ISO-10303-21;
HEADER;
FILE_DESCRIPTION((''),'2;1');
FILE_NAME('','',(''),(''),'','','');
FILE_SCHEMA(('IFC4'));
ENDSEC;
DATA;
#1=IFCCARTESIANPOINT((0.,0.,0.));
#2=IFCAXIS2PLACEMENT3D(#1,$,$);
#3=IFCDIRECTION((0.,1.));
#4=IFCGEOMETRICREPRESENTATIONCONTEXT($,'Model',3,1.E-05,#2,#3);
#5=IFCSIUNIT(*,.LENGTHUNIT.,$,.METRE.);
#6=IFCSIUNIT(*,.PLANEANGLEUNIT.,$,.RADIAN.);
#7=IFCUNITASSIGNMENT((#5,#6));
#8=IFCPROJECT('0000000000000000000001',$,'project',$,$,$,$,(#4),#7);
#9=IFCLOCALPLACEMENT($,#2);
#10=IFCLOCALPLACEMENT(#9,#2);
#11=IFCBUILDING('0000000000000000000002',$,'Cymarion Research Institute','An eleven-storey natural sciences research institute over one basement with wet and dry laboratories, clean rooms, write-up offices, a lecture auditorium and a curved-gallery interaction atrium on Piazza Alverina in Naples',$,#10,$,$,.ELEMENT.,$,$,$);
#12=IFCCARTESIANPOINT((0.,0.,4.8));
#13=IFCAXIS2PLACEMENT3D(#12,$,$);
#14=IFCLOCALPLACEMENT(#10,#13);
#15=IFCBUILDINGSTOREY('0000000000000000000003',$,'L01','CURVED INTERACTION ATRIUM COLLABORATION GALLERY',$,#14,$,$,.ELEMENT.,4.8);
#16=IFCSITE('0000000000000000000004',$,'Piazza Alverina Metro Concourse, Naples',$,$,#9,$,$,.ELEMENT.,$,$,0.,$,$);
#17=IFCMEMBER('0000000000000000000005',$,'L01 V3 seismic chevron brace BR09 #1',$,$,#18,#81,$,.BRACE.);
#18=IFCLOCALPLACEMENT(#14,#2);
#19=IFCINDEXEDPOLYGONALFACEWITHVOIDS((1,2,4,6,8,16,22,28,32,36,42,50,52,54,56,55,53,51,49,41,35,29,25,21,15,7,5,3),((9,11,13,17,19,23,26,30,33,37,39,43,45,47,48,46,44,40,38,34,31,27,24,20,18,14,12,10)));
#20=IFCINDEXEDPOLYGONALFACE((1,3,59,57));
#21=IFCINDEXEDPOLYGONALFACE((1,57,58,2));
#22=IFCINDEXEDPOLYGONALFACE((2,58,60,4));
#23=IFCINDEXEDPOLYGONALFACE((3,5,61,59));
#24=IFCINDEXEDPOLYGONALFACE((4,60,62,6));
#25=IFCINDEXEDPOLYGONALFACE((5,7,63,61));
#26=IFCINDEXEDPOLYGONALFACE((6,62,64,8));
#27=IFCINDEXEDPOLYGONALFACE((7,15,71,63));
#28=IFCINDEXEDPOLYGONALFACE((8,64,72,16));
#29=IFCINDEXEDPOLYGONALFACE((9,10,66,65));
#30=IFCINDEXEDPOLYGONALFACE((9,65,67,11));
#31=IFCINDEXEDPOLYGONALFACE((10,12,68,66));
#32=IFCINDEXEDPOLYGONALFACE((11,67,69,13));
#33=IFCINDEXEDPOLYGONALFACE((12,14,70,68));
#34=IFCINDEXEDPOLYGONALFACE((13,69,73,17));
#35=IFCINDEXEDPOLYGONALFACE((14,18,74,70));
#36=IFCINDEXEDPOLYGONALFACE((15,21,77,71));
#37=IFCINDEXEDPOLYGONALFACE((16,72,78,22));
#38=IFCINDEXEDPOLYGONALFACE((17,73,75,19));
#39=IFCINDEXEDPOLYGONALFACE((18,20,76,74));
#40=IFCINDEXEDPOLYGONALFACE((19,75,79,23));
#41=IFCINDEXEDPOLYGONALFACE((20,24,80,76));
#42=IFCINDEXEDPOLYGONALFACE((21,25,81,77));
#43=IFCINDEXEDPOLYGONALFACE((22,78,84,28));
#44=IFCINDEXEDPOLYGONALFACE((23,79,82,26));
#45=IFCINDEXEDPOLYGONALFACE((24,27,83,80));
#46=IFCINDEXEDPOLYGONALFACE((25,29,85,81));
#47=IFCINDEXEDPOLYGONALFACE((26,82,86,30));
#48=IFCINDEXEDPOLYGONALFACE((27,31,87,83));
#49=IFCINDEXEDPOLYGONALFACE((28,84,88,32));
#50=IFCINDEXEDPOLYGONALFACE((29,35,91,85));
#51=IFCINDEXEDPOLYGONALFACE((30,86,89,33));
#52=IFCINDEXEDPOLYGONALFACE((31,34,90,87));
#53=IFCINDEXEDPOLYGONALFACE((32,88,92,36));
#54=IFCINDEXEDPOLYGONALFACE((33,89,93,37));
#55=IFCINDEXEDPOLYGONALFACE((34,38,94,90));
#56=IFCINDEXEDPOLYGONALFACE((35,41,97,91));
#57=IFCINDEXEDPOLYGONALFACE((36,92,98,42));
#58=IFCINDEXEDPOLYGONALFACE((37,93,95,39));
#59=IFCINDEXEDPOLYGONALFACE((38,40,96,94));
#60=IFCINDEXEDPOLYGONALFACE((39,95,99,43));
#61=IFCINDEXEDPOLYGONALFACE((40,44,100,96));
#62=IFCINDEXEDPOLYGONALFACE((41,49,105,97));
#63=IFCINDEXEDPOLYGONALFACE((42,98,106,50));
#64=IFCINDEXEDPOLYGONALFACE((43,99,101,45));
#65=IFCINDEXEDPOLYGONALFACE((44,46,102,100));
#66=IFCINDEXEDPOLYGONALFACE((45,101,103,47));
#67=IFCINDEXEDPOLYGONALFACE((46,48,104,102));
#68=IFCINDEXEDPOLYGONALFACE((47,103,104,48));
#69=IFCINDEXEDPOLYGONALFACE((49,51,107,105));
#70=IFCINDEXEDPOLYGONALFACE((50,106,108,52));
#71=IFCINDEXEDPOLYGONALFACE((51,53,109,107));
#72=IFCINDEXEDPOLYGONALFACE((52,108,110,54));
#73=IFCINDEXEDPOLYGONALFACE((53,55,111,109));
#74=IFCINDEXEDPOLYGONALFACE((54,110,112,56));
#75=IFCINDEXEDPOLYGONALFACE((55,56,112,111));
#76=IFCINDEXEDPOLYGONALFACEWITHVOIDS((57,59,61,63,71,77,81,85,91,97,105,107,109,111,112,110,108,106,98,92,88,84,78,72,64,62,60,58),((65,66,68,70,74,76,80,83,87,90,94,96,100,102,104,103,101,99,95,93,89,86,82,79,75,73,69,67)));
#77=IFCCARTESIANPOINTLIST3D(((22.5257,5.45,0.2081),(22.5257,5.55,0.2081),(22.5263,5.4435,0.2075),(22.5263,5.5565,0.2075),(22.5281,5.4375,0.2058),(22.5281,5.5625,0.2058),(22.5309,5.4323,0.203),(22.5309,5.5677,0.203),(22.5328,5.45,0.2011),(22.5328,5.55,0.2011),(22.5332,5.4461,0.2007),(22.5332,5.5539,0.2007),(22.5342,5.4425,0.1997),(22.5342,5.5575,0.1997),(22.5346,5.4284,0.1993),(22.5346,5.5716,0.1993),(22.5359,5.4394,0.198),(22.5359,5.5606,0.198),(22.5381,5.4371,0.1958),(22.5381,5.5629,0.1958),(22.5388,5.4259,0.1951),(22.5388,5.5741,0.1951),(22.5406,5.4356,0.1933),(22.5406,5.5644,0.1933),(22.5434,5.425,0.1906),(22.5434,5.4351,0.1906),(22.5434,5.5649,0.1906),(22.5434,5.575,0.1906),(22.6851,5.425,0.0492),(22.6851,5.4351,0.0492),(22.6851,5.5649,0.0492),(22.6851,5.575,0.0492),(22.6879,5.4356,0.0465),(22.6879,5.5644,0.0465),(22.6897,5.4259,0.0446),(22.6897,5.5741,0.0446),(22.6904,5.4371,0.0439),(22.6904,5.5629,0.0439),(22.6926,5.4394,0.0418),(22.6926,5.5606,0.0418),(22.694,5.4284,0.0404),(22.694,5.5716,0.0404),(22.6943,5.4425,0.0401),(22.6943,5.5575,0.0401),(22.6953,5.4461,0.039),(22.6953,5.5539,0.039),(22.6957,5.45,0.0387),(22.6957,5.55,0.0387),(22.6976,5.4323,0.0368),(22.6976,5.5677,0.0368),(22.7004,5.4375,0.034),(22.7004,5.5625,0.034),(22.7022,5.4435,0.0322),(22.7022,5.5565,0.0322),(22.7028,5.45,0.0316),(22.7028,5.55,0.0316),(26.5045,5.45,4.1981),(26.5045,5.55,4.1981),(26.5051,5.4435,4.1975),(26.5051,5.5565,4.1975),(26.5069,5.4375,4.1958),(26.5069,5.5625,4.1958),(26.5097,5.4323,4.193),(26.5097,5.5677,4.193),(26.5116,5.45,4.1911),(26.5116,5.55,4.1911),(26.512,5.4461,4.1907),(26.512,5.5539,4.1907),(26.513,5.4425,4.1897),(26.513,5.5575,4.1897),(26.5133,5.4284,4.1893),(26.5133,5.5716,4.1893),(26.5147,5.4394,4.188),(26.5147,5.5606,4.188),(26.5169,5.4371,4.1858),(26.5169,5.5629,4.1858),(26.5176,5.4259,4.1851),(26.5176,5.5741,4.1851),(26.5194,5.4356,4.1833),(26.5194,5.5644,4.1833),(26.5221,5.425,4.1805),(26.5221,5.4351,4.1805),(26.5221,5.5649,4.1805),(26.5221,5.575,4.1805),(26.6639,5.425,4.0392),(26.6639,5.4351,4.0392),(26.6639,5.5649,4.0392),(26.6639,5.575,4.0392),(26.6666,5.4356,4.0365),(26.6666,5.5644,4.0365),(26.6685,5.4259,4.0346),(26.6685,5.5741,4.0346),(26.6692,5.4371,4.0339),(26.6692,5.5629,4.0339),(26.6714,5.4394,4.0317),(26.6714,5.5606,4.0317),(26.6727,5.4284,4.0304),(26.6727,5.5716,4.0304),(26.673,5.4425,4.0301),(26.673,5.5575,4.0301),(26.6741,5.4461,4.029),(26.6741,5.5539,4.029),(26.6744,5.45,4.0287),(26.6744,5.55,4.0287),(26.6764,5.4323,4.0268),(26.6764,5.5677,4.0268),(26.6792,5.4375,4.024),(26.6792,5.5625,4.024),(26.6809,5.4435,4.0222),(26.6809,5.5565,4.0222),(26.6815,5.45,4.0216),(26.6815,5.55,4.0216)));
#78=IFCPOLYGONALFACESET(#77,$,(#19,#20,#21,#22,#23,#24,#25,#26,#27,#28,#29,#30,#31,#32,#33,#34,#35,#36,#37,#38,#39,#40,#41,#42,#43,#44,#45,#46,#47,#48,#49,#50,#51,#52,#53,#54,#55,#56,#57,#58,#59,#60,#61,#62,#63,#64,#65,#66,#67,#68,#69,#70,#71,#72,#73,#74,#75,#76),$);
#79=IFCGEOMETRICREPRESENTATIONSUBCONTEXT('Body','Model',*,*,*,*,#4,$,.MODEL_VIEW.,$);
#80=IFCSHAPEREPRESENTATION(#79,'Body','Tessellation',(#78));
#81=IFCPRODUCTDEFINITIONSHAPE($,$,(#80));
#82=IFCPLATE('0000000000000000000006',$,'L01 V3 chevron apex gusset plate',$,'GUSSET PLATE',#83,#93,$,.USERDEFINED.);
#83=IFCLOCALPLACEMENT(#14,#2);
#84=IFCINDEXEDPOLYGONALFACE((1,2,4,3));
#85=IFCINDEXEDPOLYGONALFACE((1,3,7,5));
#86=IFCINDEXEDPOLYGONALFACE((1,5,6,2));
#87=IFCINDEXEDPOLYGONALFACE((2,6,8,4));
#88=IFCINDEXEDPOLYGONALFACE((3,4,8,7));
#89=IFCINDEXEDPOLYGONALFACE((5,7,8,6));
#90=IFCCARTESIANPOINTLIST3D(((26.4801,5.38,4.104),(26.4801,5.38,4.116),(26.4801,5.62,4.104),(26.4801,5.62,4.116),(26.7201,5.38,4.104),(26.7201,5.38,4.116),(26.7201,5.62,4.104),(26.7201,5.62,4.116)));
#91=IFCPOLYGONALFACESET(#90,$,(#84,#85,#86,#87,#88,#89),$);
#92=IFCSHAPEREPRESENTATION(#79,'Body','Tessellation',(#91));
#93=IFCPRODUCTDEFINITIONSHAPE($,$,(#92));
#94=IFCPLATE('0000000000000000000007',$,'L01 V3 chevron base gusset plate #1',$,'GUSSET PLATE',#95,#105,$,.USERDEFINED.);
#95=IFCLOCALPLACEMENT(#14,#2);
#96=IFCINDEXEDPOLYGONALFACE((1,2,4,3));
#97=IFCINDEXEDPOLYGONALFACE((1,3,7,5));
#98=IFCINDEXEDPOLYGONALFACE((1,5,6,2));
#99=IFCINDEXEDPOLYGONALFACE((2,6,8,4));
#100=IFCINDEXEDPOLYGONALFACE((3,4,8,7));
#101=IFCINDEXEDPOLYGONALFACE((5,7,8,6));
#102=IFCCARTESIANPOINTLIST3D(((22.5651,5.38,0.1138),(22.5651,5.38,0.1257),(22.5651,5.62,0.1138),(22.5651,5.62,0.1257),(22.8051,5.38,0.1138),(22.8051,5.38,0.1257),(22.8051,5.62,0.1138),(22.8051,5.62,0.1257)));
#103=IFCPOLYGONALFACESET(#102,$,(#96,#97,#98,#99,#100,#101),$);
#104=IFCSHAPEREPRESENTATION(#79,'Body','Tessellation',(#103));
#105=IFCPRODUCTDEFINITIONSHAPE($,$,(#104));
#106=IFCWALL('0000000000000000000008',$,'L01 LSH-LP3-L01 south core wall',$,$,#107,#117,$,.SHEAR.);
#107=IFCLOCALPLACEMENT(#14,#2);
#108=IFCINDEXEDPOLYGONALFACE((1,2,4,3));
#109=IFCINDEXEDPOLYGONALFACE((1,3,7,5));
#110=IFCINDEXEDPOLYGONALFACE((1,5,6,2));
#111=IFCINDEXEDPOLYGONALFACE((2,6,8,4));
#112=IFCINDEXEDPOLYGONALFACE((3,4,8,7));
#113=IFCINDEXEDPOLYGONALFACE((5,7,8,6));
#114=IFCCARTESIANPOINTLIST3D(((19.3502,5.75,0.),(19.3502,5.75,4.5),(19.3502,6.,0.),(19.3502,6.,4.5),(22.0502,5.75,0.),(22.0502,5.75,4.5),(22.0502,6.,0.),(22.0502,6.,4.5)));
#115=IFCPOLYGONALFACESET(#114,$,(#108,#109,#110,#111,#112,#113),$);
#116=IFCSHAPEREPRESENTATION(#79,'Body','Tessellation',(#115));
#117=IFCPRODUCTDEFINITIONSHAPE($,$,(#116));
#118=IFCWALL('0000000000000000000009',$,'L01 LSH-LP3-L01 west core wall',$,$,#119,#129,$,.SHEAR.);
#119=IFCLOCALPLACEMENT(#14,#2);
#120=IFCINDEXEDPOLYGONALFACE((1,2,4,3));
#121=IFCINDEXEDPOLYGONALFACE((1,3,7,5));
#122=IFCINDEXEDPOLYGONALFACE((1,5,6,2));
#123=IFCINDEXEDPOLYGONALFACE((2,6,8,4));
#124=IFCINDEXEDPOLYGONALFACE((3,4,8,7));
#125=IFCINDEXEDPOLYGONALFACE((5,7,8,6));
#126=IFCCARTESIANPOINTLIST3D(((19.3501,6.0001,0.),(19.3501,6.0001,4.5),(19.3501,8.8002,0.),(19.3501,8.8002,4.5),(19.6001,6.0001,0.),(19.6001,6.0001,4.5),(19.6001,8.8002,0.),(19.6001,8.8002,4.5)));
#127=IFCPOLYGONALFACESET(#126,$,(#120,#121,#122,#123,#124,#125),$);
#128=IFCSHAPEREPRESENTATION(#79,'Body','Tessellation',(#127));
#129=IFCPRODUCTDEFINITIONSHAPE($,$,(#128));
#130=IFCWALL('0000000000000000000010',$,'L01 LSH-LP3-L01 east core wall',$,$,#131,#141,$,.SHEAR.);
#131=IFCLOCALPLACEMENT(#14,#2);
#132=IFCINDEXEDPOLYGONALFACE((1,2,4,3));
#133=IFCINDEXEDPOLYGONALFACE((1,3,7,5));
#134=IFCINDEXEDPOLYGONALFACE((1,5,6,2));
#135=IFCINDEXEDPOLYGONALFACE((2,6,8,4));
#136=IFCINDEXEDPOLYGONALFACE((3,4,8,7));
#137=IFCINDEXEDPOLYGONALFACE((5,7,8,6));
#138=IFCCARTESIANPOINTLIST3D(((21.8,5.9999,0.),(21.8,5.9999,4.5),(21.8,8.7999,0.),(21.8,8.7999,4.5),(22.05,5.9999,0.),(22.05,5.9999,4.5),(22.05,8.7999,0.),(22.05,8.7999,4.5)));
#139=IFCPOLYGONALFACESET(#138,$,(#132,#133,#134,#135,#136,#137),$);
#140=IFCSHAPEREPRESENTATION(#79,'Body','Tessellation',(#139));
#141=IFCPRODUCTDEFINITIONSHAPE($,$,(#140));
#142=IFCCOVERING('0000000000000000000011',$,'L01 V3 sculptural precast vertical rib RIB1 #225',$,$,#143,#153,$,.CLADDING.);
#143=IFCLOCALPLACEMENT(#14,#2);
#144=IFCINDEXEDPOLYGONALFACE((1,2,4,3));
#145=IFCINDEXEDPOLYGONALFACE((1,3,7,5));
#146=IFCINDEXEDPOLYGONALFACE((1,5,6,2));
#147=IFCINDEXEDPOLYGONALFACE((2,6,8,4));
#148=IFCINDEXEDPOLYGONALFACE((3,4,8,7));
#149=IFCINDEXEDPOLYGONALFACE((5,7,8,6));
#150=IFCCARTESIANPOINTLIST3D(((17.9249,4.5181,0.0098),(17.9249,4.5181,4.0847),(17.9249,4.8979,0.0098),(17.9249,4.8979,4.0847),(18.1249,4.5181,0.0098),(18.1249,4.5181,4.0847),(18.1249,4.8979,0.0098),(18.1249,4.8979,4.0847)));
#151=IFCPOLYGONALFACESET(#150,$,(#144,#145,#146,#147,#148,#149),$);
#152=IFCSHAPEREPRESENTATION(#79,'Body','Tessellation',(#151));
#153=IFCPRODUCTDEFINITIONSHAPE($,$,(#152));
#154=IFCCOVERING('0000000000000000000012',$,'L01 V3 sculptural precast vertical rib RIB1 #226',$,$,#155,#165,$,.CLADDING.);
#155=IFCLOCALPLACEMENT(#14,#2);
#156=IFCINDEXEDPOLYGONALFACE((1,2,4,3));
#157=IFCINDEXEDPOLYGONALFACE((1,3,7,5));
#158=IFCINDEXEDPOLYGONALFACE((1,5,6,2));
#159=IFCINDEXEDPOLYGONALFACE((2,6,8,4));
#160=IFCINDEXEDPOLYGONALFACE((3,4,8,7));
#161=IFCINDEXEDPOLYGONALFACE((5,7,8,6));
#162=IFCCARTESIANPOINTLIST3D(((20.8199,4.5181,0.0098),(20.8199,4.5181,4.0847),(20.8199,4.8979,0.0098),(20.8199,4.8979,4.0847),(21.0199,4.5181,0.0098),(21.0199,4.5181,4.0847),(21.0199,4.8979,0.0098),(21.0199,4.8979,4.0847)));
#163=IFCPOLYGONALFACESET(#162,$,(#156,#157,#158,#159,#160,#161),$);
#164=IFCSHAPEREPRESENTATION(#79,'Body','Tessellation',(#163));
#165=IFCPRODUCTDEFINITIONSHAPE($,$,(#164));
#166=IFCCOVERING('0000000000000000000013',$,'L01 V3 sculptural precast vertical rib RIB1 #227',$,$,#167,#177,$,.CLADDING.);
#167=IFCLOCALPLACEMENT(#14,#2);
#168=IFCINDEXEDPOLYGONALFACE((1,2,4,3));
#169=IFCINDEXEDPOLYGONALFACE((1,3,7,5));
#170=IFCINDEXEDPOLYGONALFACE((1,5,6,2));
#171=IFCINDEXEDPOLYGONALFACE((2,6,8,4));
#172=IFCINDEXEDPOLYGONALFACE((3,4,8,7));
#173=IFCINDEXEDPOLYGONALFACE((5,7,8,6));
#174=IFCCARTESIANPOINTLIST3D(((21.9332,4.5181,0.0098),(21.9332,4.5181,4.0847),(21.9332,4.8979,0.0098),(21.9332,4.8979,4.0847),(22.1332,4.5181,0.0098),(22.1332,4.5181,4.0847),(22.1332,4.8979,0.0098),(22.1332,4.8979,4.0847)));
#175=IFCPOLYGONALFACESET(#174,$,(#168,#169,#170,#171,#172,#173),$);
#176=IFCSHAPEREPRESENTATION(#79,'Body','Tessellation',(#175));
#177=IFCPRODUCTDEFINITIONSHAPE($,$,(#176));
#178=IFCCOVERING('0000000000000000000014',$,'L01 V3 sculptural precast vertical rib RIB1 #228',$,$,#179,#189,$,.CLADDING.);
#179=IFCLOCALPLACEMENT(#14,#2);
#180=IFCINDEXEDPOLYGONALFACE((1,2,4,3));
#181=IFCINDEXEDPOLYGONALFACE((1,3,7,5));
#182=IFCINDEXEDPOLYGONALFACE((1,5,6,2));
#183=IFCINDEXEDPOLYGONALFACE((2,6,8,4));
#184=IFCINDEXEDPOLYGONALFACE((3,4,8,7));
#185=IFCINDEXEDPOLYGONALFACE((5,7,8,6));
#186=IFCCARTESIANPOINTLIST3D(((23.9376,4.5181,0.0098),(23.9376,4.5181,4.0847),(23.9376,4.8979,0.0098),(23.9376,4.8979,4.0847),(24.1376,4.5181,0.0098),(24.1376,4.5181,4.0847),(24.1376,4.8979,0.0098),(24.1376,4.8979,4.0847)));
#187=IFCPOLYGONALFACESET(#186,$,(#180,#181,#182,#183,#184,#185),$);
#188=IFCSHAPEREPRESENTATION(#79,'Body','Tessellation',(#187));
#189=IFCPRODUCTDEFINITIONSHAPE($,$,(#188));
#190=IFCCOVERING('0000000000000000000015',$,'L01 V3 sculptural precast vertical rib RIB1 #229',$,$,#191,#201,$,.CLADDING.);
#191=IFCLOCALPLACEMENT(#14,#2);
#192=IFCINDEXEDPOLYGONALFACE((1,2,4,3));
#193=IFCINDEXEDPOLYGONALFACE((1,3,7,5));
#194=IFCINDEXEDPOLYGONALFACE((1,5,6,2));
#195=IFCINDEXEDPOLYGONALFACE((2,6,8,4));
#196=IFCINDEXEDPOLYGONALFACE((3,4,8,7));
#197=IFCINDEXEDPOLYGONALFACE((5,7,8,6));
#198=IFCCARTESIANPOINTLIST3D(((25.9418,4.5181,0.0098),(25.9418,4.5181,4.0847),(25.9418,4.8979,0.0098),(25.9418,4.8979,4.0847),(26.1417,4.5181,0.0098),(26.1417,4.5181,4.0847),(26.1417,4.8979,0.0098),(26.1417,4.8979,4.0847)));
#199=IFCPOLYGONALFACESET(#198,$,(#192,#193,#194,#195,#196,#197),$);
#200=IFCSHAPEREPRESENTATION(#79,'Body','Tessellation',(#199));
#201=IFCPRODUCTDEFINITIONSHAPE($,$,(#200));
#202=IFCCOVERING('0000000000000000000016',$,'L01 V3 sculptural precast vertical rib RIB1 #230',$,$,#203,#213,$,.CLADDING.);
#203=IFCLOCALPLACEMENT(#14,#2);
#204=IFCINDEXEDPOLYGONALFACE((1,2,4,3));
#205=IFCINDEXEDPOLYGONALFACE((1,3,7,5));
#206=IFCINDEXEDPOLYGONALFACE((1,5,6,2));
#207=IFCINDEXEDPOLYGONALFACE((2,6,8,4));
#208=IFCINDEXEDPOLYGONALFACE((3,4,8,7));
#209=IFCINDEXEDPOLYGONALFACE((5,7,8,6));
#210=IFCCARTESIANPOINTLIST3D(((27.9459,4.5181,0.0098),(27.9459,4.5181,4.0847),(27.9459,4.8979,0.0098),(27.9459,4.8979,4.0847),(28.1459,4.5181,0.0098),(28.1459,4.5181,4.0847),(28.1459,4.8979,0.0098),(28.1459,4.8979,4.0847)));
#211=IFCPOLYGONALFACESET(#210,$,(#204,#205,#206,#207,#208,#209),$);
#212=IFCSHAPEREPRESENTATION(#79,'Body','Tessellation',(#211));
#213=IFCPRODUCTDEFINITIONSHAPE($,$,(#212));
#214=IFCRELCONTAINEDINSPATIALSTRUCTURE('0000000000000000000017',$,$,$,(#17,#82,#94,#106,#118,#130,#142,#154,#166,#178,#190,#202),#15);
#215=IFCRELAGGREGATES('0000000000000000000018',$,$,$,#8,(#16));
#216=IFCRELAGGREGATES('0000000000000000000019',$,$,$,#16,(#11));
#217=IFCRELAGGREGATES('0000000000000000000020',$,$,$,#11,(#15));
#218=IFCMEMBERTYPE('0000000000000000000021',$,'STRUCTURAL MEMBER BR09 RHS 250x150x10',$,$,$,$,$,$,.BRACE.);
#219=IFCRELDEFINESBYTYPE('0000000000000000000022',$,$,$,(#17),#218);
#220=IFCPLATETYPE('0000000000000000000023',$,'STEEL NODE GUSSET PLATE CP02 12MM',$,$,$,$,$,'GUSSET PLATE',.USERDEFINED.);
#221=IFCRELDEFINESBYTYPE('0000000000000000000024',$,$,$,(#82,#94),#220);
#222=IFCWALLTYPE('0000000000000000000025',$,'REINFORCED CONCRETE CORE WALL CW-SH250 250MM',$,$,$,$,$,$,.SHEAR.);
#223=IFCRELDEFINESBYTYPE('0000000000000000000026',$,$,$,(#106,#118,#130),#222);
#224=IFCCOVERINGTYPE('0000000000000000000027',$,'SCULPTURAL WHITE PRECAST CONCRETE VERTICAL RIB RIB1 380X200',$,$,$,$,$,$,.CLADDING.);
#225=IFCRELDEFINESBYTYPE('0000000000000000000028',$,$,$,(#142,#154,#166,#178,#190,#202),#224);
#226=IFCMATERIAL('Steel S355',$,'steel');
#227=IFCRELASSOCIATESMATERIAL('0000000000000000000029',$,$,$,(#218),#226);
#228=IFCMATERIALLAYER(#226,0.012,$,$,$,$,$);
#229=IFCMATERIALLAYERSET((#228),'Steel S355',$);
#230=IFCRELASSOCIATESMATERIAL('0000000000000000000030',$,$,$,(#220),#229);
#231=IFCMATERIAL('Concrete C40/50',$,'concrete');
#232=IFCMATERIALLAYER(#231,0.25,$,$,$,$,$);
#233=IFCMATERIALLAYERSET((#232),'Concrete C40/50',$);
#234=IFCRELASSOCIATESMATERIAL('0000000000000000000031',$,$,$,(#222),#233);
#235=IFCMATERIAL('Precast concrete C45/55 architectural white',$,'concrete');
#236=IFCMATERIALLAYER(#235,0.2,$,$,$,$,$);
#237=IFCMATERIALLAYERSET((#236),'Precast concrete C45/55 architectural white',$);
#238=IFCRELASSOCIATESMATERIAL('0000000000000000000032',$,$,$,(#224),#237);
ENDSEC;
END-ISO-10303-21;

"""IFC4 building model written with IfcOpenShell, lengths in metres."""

from ifc_helpers import new_model, si_unit, direction, frame, frame_2d, origin, origin_2d, place, context, subcontext, project, spatial, rectangle, hollow_rectangle, extrude, material, layer, layer_set, material_profile, profile_set, type_object, element, save


model = new_model("IFC4")

# Units and contexts
model_context = context("Model", 3, precision=1e-05, world=origin(), true_north=direction((0.0, 1.0)))
body_context = subcontext(model_context, "Body", "Model", "MODEL_VIEW")
ifc_project = project(units=[si_unit("LENGTHUNIT", "METRE"), si_unit("PLANEANGLEUNIT", "RADIAN")], contexts=[model_context])

# Site, building, storey
site_placement = place(None, origin())
site = spatial("IfcSite", under=ifc_project, at=site_placement, Name="Piazza Alverina Metro Concourse, Naples", CompositionType="ELEMENT", RefElevation=0.0)
building_placement = place(site_placement, origin())
building = spatial("IfcBuilding", under=site, at=building_placement, Name="Cymarion Research Institute", Description="An eleven-storey natural sciences research institute over one basement with wet and dry laboratories, clean rooms, write-up offices, a lecture auditorium and a curved-gallery interaction atrium on Piazza Alverina in Naples", CompositionType="ELEMENT")
storey_placement = place(building_placement, frame((0.0, 0.0, 4.8)))
storey = spatial("IfcBuildingStorey", under=building, at=storey_placement, Name="L01", Description="CURVED INTERACTION ATRIUM COLLABORATION GALLERY", CompositionType="ELEMENT", Elevation=4.8)

# Shared definitions
ifc_material_1 = material(Name="Concrete C40/50", Category="concrete")
ifc_material_2 = material(Name="Steel S355", Category="steel")

# Member
ifc_material_profile_1 = material_profile(ifc_material_2, hollow_rectangle(XDim=0.1499, YDim=0.25, WallThickness=0.01, InnerFilletRadius=0.0149, OuterFilletRadius=0.0249, at=origin_2d()), Name="RHS 250x150x10")
ifc_profile_set_1 = profile_set([ifc_material_profile_1], Name="Steel S355")
member_type = type_object("IfcMemberType", Name="STRUCTURAL MEMBER BR09 RHS 250x150x10", PredefinedType="BRACE", material=ifc_profile_set_1)
member_placement = place(storey_placement, frame((22.6143, 5.5, 0.1199), z_axis=(0.70611, 0.0, 0.708103), x_axis=(0.0, 1.0, 0.0)))
element("IfcMember", 1, at=member_placement, inside=storey, type_object=member_type, Name="L01 V3 seismic chevron brace BR09 #1", PredefinedType="BRACE", context=body_context, shape_type="SweptSolid", body=[
    extrude(hollow_rectangle(XDim=0.1499, YDim=0.25, WallThickness=0.01, InnerFilletRadius=0.0149, OuterFilletRadius=0.0249, at=origin_2d()), origin(), (0.0, 0.0, 1.0), 5.6348),
])

# Plates
ifc_layer_1 = layer(ifc_material_2, 0.012)
ifc_layer_set_1 = layer_set([ifc_layer_1], Name="Steel S355")
plate_type = type_object("IfcPlateType", Name="STEEL NODE GUSSET PLATE CP02 12MM", ElementType="GUSSET PLATE", PredefinedType="USERDEFINED", material=ifc_layer_set_1)
for number, where, z_axis, x_axis, name in (
    (2, (26.6001, 5.5, 4.104), (0.0, 0.0, 1.0), (1.0, 0.0, 0.0), "L01 V3 chevron apex gusset plate"),
    (3, (22.6851, 5.5, 0.1138), (0.0, 0.0, 1.0), (1.0, 0.0, 0.0), "L01 V3 chevron base gusset plate #1"),
):
    element("IfcPlate", number, at=place(storey_placement, frame(where, z_axis=z_axis, x_axis=x_axis)), inside=storey, type_object=plate_type, Name=name, ObjectType="GUSSET PLATE", PredefinedType="USERDEFINED", context=body_context, shape_type="SweptSolid", body=[
        extrude(rectangle(XDim=0.24, YDim=0.24, at=origin_2d()), origin(), (0.0, 0.0, 1.0), 0.012),
    ])

# Wall
ifc_layer_2 = layer(ifc_material_1, 0.25)
ifc_layer_set_2 = layer_set([ifc_layer_2], Name="Concrete C40/50")
wall_type = type_object("IfcWallType", Name="REINFORCED CONCRETE CORE WALL CW-SH250 250MM", PredefinedType="SHEAR", material=ifc_layer_set_2)
wall_1_placement = place(storey_placement, frame((19.3501, 5.875, 0.0), z_axis=(0.0, 0.0, 1.0), x_axis=(1.0, 0.0, 0.0)))
element("IfcWall", 4, at=wall_1_placement, inside=storey, type_object=wall_type, Name="L01 LSH-LP3-L01 south core wall", PredefinedType="SHEAR", context=body_context, shape_type="SweptSolid", body=[
    extrude(rectangle(XDim=2.7, YDim=0.25, at=frame_2d((1.3501, 0.0))), origin(), (0.0, 0.0, 1.0), 4.5),
])

# Walls
for number, where, z_axis, x_axis, name in (
    (5, (19.4751, 8.8, 0.0), (0.0, 0.0, 1.0), (0.0, -1.0, 0.0), "L01 LSH-LP3-L01 west core wall"),
    (6, (21.925, 6.0, 0.0), (0.0, 0.0, 1.0), (0.0, 1.0, 0.0), "L01 LSH-LP3-L01 east core wall"),
):
    element("IfcWall", number, at=place(storey_placement, frame(where, z_axis=z_axis, x_axis=x_axis)), inside=storey, type_object=wall_type, Name=name, PredefinedType="SHEAR", context=body_context, shape_type="SweptSolid", body=[
        extrude(rectangle(XDim=2.8, YDim=0.25, at=frame_2d((1.3999, 0.0))), origin(), (0.0, 0.0, 1.0), 4.5),
    ])

# Coverings
ifc_material_3 = material(Name="Precast concrete C45/55 architectural white", Category="concrete")
ifc_layer_3 = layer(ifc_material_3, 0.2)
ifc_layer_set_3 = layer_set([ifc_layer_3], Name="Precast concrete C45/55 architectural white")
covering_type = type_object("IfcCoveringType", Name="SCULPTURAL WHITE PRECAST CONCRETE VERTICAL RIB RIB1 380X200", PredefinedType="CLADDING", material=ifc_layer_set_3)
for number, where, z_axis, x_axis, name in (
    (7, (18.0249, 4.708, 0.0098), (0.0, 0.0, 1.0), (0.0, -1.0, 0.0), "L01 V3 sculptural precast vertical rib RIB1 #225"),
    (8, (20.9199, 4.708, 0.0098), (0.0, 0.0, 1.0), (0.0, -1.0, 0.0), "L01 V3 sculptural precast vertical rib RIB1 #226"),
    (9, (22.0332, 4.708, 0.0098), (0.0, 0.0, 1.0), (0.0, -1.0, 0.0), "L01 V3 sculptural precast vertical rib RIB1 #227"),
    (10, (24.0376, 4.708, 0.0098), (0.0, 0.0, 1.0), (0.0, -1.0, 0.0), "L01 V3 sculptural precast vertical rib RIB1 #228"),
    (11, (26.0417, 4.708, 0.0098), (0.0, 0.0, 1.0), (0.0, -1.0, 0.0), "L01 V3 sculptural precast vertical rib RIB1 #229"),
    (12, (28.0459, 4.708, 0.0098), (0.0, 0.0, 1.0), (0.0, -1.0, 0.0), "L01 V3 sculptural precast vertical rib RIB1 #230"),
):
    element("IfcCovering", number, at=place(storey_placement, frame(where, z_axis=z_axis, x_axis=x_axis)), inside=storey, type_object=covering_type, Name=name, PredefinedType="CLADDING", context=body_context, shape_type="SweptSolid", body=[
        extrude(rectangle(XDim=0.3799, YDim=0.2, at=origin_2d()), origin(), (0.0, 0.0, 1.0), 4.075),
    ])

save(model, "model.ifc")
